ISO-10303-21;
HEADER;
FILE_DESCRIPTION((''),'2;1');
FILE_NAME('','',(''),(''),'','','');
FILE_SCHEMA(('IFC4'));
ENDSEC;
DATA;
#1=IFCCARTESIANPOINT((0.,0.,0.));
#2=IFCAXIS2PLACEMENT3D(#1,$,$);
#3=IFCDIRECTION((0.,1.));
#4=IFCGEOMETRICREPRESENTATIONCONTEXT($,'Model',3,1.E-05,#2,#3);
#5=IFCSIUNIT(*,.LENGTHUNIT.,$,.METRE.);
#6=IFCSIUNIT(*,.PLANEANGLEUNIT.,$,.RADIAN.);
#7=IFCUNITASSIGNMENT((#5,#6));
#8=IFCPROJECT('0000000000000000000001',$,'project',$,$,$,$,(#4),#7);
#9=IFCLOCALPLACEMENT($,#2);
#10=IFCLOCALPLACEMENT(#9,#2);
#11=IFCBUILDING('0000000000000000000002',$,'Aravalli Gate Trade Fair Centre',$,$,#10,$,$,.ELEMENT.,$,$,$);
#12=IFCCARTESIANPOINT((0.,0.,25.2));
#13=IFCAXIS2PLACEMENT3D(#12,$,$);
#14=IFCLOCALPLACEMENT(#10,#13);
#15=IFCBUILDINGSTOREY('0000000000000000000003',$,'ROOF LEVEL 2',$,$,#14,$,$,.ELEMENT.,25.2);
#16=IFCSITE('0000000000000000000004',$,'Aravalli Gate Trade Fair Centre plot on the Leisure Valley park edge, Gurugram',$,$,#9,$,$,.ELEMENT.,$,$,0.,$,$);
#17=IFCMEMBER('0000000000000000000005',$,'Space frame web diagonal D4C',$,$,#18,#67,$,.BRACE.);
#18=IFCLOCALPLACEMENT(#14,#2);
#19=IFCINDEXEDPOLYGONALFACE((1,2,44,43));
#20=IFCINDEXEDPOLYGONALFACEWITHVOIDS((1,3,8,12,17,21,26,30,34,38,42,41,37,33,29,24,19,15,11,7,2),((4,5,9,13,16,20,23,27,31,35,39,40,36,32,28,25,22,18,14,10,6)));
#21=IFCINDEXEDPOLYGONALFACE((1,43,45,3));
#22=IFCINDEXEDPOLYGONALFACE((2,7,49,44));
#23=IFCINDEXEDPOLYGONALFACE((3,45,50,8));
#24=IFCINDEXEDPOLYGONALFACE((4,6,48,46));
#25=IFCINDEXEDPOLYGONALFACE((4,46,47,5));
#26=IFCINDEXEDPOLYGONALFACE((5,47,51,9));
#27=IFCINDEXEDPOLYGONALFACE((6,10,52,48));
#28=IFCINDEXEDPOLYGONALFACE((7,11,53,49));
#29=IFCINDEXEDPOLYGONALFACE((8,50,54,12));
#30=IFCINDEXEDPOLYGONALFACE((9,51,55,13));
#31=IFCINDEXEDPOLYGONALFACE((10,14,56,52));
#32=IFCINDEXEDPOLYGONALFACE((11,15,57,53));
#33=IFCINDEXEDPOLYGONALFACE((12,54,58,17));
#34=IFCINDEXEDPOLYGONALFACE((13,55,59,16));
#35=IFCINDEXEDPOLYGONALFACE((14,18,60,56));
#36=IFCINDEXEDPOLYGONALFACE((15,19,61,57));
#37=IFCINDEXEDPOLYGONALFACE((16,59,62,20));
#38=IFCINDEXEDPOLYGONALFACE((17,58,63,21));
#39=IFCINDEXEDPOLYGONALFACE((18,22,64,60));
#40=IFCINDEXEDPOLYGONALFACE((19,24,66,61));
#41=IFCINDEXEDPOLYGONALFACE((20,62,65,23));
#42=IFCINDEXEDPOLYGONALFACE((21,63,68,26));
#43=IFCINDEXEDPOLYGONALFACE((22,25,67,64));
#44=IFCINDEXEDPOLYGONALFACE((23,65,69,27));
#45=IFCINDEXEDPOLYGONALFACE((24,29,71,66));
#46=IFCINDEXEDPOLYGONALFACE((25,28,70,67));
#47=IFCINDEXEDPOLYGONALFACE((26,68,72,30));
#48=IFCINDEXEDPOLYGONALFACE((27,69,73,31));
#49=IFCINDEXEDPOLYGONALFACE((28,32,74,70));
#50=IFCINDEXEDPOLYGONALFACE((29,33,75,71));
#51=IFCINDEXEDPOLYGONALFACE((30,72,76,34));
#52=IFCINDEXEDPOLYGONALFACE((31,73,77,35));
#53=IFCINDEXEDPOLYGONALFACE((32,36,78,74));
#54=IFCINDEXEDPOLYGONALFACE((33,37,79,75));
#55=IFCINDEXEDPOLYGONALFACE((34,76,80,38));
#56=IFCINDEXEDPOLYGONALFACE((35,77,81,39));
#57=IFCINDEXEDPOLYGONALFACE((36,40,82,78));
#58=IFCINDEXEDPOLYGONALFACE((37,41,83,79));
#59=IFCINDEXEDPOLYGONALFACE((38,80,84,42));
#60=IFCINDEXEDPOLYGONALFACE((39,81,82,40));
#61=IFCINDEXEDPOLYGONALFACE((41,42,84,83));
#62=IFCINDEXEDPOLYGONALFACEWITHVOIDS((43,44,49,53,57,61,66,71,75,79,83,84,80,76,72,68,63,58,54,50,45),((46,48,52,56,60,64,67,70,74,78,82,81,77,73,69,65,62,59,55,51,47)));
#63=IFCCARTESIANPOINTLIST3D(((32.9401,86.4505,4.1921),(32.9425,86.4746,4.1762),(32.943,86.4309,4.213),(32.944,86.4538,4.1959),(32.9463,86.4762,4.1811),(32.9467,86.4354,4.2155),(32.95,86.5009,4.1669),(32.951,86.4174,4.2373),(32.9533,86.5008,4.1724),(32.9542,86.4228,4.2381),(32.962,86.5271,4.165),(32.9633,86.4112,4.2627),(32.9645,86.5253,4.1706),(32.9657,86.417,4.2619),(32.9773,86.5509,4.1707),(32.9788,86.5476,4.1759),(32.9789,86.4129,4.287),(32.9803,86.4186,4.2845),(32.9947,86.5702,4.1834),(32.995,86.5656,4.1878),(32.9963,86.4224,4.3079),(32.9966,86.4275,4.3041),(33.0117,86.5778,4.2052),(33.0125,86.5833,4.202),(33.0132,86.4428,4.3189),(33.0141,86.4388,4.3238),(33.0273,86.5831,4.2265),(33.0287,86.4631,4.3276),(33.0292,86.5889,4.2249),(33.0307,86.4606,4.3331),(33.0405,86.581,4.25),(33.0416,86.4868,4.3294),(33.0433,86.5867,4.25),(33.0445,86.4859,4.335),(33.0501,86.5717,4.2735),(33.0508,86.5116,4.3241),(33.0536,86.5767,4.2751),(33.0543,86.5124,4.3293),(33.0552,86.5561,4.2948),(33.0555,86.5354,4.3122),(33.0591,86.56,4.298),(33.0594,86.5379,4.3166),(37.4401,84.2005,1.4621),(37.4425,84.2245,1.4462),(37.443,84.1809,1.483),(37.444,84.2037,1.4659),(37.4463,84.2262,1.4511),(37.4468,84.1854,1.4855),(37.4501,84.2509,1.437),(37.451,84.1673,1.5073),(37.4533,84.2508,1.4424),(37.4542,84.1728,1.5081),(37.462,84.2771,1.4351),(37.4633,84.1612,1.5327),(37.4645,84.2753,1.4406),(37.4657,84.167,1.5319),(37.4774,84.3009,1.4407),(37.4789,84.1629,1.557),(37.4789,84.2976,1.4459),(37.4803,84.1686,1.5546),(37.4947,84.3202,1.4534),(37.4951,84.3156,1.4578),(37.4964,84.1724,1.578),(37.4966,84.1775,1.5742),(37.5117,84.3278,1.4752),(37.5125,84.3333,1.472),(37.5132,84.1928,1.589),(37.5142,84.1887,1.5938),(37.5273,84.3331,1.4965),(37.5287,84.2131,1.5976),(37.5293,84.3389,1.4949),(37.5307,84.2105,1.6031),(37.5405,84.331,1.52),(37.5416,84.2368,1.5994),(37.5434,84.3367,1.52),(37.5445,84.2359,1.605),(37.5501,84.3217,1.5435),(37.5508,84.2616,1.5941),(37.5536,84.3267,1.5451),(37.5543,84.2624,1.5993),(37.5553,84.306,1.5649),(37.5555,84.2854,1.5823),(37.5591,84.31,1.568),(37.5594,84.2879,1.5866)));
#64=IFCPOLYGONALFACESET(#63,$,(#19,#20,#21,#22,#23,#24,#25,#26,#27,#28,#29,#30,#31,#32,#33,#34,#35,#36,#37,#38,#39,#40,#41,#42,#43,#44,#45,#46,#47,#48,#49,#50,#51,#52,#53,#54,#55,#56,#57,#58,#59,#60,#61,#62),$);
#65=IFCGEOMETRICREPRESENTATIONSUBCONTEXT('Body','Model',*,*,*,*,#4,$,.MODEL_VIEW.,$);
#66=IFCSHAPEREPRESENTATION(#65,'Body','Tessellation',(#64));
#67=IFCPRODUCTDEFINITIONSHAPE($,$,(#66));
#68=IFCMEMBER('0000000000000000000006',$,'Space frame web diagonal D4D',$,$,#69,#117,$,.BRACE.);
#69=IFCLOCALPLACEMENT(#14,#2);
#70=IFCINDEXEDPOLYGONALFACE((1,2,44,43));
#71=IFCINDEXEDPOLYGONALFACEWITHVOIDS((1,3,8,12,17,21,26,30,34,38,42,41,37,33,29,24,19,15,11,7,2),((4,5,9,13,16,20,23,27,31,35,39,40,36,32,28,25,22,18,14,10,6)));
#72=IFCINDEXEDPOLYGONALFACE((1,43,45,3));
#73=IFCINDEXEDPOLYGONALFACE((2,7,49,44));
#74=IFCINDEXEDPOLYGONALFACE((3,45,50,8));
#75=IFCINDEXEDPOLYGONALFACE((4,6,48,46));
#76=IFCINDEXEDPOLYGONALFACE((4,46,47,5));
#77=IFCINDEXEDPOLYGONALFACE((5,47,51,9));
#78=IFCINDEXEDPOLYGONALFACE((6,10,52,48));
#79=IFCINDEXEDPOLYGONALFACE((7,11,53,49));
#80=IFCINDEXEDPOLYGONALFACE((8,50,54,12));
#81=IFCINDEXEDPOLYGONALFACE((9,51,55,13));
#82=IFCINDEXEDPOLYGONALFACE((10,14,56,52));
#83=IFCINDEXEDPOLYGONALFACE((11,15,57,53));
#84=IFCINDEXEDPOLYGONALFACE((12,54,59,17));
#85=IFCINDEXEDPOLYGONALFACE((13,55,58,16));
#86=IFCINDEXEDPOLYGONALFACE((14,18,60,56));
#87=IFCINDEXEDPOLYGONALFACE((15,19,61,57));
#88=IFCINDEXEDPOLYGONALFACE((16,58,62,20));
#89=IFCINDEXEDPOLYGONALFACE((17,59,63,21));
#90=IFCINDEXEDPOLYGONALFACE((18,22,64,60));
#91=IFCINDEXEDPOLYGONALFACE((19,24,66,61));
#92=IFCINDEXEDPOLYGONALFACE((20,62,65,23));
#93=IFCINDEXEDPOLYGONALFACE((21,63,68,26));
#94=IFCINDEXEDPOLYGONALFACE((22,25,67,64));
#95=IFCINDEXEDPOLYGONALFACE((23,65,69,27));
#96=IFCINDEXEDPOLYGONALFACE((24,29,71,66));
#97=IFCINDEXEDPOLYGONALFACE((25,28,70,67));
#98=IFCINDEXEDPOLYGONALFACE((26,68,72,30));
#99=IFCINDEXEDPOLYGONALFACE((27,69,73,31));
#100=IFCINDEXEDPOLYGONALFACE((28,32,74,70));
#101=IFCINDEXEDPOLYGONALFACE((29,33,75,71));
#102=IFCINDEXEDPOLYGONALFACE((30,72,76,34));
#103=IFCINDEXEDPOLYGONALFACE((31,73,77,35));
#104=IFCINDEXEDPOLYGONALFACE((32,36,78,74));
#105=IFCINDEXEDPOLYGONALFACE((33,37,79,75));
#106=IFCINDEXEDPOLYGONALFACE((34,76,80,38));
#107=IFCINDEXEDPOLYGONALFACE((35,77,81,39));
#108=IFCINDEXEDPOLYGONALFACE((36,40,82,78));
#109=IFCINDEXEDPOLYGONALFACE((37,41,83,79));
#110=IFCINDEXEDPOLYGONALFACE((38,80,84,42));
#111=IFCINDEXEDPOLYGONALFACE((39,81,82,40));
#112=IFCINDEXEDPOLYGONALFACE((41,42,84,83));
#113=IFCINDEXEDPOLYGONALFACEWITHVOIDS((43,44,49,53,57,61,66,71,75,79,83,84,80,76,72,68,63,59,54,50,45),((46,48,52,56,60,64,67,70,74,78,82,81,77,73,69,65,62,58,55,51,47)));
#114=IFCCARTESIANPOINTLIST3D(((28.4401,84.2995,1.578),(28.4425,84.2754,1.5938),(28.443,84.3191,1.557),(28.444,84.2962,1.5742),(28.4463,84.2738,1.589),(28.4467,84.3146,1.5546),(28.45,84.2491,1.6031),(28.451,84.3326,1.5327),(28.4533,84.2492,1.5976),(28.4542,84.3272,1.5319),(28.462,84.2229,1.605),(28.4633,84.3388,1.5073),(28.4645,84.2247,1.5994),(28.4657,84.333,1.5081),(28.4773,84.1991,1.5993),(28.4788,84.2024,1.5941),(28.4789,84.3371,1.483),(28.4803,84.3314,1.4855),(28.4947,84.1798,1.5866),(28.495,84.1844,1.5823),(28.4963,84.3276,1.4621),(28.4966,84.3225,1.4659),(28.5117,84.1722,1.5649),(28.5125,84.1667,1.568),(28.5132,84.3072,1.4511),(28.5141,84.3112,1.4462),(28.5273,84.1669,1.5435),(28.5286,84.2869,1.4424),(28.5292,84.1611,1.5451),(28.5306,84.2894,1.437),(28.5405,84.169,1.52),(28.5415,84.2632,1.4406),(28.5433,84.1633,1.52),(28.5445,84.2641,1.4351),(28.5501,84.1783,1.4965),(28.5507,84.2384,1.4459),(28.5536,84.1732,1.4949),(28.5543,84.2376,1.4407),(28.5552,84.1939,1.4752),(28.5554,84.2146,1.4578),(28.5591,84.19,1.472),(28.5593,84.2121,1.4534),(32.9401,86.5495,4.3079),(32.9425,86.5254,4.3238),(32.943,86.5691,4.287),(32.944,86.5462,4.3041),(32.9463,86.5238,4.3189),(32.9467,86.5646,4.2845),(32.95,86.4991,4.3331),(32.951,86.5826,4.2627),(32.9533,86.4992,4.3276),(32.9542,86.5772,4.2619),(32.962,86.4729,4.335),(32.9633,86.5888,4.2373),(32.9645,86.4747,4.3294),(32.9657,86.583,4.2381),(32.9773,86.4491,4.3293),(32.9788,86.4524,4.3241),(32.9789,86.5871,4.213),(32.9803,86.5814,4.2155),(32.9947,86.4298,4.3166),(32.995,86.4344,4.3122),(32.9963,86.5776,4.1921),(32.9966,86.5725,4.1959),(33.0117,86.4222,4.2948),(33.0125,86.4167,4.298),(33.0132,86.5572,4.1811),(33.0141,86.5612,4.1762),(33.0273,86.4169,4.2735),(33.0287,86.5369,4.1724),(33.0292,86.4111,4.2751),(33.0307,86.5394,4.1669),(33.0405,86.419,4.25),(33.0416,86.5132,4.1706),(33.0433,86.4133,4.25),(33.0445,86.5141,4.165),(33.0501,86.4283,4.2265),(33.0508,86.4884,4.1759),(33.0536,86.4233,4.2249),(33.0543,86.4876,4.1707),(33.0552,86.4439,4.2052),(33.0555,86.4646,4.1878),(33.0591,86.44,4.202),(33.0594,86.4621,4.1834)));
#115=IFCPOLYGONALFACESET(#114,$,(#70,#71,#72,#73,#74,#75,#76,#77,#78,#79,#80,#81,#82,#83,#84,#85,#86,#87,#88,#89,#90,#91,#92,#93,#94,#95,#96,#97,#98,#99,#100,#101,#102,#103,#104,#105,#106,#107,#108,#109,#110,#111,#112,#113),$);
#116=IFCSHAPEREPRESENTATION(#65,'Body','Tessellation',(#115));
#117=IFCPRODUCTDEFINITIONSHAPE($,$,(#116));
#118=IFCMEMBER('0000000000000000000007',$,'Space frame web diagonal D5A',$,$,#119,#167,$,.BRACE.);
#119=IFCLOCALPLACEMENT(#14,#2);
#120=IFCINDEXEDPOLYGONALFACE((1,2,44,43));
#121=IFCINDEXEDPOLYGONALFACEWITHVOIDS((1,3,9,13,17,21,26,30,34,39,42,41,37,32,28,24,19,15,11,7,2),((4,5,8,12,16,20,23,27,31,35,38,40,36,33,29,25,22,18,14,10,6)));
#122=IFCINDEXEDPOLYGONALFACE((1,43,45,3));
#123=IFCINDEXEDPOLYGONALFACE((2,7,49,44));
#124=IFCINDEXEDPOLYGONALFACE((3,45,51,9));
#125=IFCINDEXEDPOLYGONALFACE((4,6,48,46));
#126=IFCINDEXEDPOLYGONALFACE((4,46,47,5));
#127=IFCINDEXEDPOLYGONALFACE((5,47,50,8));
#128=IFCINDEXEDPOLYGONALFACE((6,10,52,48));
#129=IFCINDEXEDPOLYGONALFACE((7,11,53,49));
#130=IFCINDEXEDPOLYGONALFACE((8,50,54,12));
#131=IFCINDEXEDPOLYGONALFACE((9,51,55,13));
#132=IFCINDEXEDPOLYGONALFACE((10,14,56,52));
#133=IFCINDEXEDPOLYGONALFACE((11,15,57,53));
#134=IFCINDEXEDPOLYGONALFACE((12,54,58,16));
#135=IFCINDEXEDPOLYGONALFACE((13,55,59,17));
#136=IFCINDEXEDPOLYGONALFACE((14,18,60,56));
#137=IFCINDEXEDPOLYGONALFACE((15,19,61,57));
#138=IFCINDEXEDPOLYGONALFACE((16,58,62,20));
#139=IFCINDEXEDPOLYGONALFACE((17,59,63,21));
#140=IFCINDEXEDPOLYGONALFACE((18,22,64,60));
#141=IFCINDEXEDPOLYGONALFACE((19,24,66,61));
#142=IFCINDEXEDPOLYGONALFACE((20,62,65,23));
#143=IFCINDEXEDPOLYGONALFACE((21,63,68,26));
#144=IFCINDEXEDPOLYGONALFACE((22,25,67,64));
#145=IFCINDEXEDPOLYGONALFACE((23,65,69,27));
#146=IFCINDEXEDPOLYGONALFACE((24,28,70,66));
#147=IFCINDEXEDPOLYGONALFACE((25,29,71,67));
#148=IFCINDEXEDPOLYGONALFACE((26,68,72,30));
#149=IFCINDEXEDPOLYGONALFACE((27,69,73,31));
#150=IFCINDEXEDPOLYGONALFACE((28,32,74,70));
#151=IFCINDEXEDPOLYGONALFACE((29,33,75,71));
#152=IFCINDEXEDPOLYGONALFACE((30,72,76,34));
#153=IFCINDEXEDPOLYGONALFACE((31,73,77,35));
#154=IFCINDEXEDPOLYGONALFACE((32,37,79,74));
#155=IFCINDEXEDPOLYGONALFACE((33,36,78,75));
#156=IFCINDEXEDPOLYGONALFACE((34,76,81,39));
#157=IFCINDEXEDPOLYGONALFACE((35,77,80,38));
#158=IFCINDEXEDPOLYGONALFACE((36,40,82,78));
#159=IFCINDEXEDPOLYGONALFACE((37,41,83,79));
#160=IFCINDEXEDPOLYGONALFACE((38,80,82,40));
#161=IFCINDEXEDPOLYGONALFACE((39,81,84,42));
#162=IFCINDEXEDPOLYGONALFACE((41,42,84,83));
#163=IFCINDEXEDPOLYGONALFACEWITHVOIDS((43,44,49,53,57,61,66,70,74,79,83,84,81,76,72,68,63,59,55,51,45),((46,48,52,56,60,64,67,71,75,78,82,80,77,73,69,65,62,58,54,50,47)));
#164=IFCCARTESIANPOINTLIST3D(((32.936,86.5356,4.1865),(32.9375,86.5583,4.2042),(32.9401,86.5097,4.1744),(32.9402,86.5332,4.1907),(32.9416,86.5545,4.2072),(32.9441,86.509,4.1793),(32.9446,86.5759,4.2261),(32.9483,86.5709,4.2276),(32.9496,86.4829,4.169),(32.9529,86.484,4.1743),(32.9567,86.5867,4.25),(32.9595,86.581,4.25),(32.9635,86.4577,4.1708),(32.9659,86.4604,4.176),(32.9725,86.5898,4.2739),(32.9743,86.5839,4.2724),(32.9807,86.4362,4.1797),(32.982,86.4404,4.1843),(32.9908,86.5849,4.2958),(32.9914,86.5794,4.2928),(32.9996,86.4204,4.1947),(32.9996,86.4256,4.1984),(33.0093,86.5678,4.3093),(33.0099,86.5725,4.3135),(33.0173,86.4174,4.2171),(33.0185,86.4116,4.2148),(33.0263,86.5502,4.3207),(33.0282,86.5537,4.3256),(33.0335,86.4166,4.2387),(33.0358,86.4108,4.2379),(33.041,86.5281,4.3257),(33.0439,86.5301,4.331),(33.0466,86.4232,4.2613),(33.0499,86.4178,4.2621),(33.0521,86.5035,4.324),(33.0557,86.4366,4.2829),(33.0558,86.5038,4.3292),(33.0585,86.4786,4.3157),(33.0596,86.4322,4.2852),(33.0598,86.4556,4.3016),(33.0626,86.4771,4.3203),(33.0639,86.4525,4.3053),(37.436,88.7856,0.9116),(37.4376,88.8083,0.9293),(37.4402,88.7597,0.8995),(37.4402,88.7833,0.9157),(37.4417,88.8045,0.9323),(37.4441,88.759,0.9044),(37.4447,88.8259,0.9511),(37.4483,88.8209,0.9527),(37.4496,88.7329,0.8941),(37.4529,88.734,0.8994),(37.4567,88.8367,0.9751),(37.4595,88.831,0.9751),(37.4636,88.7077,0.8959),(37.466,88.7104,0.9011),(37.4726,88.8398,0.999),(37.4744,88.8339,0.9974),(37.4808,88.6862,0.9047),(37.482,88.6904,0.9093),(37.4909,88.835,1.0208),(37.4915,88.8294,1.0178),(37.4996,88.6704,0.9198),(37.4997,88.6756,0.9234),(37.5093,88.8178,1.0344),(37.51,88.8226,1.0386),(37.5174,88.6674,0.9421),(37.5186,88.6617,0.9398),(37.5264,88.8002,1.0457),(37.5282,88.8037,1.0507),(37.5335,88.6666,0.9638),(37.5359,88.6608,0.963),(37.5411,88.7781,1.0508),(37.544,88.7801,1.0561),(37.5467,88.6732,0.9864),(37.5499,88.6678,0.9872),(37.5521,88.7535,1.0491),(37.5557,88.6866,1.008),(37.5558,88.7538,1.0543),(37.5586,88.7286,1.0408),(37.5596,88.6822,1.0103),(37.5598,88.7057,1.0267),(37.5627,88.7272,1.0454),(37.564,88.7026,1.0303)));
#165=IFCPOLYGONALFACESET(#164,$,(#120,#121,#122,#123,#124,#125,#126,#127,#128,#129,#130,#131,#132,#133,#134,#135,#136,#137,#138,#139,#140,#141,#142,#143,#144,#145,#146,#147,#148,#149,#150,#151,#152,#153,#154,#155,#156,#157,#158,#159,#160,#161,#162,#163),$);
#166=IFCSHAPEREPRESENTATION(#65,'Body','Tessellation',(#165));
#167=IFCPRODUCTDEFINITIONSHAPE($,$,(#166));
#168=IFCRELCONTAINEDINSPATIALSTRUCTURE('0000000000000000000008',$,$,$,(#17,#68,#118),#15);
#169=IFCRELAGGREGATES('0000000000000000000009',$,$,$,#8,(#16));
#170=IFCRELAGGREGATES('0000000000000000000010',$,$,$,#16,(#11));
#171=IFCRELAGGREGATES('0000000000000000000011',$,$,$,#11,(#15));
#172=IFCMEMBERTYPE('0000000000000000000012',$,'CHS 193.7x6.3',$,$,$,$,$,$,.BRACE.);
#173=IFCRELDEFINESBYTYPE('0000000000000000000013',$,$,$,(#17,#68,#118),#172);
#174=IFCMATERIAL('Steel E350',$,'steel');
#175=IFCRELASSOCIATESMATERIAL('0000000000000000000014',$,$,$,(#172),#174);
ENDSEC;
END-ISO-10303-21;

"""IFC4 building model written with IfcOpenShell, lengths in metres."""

from ifc_helpers import new_model, si_unit, direction, frame, origin, origin_2d, place, context, subcontext, project, spatial, hollow_circle, extrude, material, material_profile, profile_set, type_object, element, save


model = new_model("IFC4")

# Units and contexts
model_context = context("Model", 3, precision=1e-05, world=origin(), true_north=direction((0.0, 1.0)))
body_context = subcontext(model_context, "Body", "Model", "MODEL_VIEW")
ifc_project = project(units=[si_unit("LENGTHUNIT", "METRE"), si_unit("PLANEANGLEUNIT", "RADIAN")], contexts=[model_context])

# Site, building, storey
site_placement = place(None, origin())
site = spatial("IfcSite", under=ifc_project, at=site_placement, Name="Aravalli Gate Trade Fair Centre plot on the Leisure Valley park edge, Gurugram", CompositionType="ELEMENT", RefElevation=0.0)
building_placement = place(site_placement, origin())
building = spatial("IfcBuilding", under=site, at=building_placement, Name="Aravalli Gate Trade Fair Centre", CompositionType="ELEMENT")
storey_placement = place(building_placement, frame((0.0, 0.0, 25.2)))
storey = spatial("IfcBuildingStorey", under=building, at=storey_placement, Name="ROOF LEVEL 2", CompositionType="ELEMENT", Elevation=25.2)

# Members
ifc_material_1 = material(Name="Steel E350", Category="steel")
ifc_material_profile_1 = material_profile(ifc_material_1, hollow_circle(Radius=0.0969, WallThickness=0.0063, at=origin_2d()), Name="CHS 193.7x6.3")
ifc_profile_set_1 = profile_set([ifc_material_profile_1], Name="Steel E350")
member_type_1 = type_object("IfcMemberType", Name="CHS 193.7x6.3", PredefinedType="BRACE", material=ifc_profile_set_1)
for number, where, z_axis, x_axis, name in (
    (1, (33.0, 86.5, 4.25), (0.78615, -0.393075, -0.476928), (0.447214, 0.894427, 0.0), "Space frame web diagonal D4C"),
    (2, (33.0, 86.5, 4.25), (-0.78615, -0.393075, -0.476928), (0.447214, -0.894427, 0.0), "Space frame web diagonal D4D"),
):
    element("IfcMember", number, at=place(storey_placement, frame(where, z_axis=z_axis, x_axis=x_axis)), inside=storey, type_object=member_type_1, Name=name, PredefinedType="BRACE", context=body_context, shape_type="SweptSolid", body=[
        extrude(hollow_circle(Radius=0.0969, WallThickness=0.0063, at=origin_2d()), origin(), (0.0, 0.0, 1.0), 5.7241),
    ])
for number, where, z_axis, x_axis, name in (
    (3, (33.0, 86.5, 4.25), (0.74961, 0.374805, -0.545533), (-0.447214, 0.894427, 0.0), "Space frame web diagonal D5A"),
):
    element("IfcMember", number, at=place(storey_placement, frame(where, z_axis=z_axis, x_axis=x_axis)), inside=storey, type_object=member_type_1, Name=name, PredefinedType="BRACE", context=body_context, shape_type="SweptSolid", body=[
        extrude(hollow_circle(Radius=0.0969, WallThickness=0.0063, at=origin_2d()), origin(), (0.0, 0.0, 1.0), 6.0032),
    ])

save(model, "model.ifc")
